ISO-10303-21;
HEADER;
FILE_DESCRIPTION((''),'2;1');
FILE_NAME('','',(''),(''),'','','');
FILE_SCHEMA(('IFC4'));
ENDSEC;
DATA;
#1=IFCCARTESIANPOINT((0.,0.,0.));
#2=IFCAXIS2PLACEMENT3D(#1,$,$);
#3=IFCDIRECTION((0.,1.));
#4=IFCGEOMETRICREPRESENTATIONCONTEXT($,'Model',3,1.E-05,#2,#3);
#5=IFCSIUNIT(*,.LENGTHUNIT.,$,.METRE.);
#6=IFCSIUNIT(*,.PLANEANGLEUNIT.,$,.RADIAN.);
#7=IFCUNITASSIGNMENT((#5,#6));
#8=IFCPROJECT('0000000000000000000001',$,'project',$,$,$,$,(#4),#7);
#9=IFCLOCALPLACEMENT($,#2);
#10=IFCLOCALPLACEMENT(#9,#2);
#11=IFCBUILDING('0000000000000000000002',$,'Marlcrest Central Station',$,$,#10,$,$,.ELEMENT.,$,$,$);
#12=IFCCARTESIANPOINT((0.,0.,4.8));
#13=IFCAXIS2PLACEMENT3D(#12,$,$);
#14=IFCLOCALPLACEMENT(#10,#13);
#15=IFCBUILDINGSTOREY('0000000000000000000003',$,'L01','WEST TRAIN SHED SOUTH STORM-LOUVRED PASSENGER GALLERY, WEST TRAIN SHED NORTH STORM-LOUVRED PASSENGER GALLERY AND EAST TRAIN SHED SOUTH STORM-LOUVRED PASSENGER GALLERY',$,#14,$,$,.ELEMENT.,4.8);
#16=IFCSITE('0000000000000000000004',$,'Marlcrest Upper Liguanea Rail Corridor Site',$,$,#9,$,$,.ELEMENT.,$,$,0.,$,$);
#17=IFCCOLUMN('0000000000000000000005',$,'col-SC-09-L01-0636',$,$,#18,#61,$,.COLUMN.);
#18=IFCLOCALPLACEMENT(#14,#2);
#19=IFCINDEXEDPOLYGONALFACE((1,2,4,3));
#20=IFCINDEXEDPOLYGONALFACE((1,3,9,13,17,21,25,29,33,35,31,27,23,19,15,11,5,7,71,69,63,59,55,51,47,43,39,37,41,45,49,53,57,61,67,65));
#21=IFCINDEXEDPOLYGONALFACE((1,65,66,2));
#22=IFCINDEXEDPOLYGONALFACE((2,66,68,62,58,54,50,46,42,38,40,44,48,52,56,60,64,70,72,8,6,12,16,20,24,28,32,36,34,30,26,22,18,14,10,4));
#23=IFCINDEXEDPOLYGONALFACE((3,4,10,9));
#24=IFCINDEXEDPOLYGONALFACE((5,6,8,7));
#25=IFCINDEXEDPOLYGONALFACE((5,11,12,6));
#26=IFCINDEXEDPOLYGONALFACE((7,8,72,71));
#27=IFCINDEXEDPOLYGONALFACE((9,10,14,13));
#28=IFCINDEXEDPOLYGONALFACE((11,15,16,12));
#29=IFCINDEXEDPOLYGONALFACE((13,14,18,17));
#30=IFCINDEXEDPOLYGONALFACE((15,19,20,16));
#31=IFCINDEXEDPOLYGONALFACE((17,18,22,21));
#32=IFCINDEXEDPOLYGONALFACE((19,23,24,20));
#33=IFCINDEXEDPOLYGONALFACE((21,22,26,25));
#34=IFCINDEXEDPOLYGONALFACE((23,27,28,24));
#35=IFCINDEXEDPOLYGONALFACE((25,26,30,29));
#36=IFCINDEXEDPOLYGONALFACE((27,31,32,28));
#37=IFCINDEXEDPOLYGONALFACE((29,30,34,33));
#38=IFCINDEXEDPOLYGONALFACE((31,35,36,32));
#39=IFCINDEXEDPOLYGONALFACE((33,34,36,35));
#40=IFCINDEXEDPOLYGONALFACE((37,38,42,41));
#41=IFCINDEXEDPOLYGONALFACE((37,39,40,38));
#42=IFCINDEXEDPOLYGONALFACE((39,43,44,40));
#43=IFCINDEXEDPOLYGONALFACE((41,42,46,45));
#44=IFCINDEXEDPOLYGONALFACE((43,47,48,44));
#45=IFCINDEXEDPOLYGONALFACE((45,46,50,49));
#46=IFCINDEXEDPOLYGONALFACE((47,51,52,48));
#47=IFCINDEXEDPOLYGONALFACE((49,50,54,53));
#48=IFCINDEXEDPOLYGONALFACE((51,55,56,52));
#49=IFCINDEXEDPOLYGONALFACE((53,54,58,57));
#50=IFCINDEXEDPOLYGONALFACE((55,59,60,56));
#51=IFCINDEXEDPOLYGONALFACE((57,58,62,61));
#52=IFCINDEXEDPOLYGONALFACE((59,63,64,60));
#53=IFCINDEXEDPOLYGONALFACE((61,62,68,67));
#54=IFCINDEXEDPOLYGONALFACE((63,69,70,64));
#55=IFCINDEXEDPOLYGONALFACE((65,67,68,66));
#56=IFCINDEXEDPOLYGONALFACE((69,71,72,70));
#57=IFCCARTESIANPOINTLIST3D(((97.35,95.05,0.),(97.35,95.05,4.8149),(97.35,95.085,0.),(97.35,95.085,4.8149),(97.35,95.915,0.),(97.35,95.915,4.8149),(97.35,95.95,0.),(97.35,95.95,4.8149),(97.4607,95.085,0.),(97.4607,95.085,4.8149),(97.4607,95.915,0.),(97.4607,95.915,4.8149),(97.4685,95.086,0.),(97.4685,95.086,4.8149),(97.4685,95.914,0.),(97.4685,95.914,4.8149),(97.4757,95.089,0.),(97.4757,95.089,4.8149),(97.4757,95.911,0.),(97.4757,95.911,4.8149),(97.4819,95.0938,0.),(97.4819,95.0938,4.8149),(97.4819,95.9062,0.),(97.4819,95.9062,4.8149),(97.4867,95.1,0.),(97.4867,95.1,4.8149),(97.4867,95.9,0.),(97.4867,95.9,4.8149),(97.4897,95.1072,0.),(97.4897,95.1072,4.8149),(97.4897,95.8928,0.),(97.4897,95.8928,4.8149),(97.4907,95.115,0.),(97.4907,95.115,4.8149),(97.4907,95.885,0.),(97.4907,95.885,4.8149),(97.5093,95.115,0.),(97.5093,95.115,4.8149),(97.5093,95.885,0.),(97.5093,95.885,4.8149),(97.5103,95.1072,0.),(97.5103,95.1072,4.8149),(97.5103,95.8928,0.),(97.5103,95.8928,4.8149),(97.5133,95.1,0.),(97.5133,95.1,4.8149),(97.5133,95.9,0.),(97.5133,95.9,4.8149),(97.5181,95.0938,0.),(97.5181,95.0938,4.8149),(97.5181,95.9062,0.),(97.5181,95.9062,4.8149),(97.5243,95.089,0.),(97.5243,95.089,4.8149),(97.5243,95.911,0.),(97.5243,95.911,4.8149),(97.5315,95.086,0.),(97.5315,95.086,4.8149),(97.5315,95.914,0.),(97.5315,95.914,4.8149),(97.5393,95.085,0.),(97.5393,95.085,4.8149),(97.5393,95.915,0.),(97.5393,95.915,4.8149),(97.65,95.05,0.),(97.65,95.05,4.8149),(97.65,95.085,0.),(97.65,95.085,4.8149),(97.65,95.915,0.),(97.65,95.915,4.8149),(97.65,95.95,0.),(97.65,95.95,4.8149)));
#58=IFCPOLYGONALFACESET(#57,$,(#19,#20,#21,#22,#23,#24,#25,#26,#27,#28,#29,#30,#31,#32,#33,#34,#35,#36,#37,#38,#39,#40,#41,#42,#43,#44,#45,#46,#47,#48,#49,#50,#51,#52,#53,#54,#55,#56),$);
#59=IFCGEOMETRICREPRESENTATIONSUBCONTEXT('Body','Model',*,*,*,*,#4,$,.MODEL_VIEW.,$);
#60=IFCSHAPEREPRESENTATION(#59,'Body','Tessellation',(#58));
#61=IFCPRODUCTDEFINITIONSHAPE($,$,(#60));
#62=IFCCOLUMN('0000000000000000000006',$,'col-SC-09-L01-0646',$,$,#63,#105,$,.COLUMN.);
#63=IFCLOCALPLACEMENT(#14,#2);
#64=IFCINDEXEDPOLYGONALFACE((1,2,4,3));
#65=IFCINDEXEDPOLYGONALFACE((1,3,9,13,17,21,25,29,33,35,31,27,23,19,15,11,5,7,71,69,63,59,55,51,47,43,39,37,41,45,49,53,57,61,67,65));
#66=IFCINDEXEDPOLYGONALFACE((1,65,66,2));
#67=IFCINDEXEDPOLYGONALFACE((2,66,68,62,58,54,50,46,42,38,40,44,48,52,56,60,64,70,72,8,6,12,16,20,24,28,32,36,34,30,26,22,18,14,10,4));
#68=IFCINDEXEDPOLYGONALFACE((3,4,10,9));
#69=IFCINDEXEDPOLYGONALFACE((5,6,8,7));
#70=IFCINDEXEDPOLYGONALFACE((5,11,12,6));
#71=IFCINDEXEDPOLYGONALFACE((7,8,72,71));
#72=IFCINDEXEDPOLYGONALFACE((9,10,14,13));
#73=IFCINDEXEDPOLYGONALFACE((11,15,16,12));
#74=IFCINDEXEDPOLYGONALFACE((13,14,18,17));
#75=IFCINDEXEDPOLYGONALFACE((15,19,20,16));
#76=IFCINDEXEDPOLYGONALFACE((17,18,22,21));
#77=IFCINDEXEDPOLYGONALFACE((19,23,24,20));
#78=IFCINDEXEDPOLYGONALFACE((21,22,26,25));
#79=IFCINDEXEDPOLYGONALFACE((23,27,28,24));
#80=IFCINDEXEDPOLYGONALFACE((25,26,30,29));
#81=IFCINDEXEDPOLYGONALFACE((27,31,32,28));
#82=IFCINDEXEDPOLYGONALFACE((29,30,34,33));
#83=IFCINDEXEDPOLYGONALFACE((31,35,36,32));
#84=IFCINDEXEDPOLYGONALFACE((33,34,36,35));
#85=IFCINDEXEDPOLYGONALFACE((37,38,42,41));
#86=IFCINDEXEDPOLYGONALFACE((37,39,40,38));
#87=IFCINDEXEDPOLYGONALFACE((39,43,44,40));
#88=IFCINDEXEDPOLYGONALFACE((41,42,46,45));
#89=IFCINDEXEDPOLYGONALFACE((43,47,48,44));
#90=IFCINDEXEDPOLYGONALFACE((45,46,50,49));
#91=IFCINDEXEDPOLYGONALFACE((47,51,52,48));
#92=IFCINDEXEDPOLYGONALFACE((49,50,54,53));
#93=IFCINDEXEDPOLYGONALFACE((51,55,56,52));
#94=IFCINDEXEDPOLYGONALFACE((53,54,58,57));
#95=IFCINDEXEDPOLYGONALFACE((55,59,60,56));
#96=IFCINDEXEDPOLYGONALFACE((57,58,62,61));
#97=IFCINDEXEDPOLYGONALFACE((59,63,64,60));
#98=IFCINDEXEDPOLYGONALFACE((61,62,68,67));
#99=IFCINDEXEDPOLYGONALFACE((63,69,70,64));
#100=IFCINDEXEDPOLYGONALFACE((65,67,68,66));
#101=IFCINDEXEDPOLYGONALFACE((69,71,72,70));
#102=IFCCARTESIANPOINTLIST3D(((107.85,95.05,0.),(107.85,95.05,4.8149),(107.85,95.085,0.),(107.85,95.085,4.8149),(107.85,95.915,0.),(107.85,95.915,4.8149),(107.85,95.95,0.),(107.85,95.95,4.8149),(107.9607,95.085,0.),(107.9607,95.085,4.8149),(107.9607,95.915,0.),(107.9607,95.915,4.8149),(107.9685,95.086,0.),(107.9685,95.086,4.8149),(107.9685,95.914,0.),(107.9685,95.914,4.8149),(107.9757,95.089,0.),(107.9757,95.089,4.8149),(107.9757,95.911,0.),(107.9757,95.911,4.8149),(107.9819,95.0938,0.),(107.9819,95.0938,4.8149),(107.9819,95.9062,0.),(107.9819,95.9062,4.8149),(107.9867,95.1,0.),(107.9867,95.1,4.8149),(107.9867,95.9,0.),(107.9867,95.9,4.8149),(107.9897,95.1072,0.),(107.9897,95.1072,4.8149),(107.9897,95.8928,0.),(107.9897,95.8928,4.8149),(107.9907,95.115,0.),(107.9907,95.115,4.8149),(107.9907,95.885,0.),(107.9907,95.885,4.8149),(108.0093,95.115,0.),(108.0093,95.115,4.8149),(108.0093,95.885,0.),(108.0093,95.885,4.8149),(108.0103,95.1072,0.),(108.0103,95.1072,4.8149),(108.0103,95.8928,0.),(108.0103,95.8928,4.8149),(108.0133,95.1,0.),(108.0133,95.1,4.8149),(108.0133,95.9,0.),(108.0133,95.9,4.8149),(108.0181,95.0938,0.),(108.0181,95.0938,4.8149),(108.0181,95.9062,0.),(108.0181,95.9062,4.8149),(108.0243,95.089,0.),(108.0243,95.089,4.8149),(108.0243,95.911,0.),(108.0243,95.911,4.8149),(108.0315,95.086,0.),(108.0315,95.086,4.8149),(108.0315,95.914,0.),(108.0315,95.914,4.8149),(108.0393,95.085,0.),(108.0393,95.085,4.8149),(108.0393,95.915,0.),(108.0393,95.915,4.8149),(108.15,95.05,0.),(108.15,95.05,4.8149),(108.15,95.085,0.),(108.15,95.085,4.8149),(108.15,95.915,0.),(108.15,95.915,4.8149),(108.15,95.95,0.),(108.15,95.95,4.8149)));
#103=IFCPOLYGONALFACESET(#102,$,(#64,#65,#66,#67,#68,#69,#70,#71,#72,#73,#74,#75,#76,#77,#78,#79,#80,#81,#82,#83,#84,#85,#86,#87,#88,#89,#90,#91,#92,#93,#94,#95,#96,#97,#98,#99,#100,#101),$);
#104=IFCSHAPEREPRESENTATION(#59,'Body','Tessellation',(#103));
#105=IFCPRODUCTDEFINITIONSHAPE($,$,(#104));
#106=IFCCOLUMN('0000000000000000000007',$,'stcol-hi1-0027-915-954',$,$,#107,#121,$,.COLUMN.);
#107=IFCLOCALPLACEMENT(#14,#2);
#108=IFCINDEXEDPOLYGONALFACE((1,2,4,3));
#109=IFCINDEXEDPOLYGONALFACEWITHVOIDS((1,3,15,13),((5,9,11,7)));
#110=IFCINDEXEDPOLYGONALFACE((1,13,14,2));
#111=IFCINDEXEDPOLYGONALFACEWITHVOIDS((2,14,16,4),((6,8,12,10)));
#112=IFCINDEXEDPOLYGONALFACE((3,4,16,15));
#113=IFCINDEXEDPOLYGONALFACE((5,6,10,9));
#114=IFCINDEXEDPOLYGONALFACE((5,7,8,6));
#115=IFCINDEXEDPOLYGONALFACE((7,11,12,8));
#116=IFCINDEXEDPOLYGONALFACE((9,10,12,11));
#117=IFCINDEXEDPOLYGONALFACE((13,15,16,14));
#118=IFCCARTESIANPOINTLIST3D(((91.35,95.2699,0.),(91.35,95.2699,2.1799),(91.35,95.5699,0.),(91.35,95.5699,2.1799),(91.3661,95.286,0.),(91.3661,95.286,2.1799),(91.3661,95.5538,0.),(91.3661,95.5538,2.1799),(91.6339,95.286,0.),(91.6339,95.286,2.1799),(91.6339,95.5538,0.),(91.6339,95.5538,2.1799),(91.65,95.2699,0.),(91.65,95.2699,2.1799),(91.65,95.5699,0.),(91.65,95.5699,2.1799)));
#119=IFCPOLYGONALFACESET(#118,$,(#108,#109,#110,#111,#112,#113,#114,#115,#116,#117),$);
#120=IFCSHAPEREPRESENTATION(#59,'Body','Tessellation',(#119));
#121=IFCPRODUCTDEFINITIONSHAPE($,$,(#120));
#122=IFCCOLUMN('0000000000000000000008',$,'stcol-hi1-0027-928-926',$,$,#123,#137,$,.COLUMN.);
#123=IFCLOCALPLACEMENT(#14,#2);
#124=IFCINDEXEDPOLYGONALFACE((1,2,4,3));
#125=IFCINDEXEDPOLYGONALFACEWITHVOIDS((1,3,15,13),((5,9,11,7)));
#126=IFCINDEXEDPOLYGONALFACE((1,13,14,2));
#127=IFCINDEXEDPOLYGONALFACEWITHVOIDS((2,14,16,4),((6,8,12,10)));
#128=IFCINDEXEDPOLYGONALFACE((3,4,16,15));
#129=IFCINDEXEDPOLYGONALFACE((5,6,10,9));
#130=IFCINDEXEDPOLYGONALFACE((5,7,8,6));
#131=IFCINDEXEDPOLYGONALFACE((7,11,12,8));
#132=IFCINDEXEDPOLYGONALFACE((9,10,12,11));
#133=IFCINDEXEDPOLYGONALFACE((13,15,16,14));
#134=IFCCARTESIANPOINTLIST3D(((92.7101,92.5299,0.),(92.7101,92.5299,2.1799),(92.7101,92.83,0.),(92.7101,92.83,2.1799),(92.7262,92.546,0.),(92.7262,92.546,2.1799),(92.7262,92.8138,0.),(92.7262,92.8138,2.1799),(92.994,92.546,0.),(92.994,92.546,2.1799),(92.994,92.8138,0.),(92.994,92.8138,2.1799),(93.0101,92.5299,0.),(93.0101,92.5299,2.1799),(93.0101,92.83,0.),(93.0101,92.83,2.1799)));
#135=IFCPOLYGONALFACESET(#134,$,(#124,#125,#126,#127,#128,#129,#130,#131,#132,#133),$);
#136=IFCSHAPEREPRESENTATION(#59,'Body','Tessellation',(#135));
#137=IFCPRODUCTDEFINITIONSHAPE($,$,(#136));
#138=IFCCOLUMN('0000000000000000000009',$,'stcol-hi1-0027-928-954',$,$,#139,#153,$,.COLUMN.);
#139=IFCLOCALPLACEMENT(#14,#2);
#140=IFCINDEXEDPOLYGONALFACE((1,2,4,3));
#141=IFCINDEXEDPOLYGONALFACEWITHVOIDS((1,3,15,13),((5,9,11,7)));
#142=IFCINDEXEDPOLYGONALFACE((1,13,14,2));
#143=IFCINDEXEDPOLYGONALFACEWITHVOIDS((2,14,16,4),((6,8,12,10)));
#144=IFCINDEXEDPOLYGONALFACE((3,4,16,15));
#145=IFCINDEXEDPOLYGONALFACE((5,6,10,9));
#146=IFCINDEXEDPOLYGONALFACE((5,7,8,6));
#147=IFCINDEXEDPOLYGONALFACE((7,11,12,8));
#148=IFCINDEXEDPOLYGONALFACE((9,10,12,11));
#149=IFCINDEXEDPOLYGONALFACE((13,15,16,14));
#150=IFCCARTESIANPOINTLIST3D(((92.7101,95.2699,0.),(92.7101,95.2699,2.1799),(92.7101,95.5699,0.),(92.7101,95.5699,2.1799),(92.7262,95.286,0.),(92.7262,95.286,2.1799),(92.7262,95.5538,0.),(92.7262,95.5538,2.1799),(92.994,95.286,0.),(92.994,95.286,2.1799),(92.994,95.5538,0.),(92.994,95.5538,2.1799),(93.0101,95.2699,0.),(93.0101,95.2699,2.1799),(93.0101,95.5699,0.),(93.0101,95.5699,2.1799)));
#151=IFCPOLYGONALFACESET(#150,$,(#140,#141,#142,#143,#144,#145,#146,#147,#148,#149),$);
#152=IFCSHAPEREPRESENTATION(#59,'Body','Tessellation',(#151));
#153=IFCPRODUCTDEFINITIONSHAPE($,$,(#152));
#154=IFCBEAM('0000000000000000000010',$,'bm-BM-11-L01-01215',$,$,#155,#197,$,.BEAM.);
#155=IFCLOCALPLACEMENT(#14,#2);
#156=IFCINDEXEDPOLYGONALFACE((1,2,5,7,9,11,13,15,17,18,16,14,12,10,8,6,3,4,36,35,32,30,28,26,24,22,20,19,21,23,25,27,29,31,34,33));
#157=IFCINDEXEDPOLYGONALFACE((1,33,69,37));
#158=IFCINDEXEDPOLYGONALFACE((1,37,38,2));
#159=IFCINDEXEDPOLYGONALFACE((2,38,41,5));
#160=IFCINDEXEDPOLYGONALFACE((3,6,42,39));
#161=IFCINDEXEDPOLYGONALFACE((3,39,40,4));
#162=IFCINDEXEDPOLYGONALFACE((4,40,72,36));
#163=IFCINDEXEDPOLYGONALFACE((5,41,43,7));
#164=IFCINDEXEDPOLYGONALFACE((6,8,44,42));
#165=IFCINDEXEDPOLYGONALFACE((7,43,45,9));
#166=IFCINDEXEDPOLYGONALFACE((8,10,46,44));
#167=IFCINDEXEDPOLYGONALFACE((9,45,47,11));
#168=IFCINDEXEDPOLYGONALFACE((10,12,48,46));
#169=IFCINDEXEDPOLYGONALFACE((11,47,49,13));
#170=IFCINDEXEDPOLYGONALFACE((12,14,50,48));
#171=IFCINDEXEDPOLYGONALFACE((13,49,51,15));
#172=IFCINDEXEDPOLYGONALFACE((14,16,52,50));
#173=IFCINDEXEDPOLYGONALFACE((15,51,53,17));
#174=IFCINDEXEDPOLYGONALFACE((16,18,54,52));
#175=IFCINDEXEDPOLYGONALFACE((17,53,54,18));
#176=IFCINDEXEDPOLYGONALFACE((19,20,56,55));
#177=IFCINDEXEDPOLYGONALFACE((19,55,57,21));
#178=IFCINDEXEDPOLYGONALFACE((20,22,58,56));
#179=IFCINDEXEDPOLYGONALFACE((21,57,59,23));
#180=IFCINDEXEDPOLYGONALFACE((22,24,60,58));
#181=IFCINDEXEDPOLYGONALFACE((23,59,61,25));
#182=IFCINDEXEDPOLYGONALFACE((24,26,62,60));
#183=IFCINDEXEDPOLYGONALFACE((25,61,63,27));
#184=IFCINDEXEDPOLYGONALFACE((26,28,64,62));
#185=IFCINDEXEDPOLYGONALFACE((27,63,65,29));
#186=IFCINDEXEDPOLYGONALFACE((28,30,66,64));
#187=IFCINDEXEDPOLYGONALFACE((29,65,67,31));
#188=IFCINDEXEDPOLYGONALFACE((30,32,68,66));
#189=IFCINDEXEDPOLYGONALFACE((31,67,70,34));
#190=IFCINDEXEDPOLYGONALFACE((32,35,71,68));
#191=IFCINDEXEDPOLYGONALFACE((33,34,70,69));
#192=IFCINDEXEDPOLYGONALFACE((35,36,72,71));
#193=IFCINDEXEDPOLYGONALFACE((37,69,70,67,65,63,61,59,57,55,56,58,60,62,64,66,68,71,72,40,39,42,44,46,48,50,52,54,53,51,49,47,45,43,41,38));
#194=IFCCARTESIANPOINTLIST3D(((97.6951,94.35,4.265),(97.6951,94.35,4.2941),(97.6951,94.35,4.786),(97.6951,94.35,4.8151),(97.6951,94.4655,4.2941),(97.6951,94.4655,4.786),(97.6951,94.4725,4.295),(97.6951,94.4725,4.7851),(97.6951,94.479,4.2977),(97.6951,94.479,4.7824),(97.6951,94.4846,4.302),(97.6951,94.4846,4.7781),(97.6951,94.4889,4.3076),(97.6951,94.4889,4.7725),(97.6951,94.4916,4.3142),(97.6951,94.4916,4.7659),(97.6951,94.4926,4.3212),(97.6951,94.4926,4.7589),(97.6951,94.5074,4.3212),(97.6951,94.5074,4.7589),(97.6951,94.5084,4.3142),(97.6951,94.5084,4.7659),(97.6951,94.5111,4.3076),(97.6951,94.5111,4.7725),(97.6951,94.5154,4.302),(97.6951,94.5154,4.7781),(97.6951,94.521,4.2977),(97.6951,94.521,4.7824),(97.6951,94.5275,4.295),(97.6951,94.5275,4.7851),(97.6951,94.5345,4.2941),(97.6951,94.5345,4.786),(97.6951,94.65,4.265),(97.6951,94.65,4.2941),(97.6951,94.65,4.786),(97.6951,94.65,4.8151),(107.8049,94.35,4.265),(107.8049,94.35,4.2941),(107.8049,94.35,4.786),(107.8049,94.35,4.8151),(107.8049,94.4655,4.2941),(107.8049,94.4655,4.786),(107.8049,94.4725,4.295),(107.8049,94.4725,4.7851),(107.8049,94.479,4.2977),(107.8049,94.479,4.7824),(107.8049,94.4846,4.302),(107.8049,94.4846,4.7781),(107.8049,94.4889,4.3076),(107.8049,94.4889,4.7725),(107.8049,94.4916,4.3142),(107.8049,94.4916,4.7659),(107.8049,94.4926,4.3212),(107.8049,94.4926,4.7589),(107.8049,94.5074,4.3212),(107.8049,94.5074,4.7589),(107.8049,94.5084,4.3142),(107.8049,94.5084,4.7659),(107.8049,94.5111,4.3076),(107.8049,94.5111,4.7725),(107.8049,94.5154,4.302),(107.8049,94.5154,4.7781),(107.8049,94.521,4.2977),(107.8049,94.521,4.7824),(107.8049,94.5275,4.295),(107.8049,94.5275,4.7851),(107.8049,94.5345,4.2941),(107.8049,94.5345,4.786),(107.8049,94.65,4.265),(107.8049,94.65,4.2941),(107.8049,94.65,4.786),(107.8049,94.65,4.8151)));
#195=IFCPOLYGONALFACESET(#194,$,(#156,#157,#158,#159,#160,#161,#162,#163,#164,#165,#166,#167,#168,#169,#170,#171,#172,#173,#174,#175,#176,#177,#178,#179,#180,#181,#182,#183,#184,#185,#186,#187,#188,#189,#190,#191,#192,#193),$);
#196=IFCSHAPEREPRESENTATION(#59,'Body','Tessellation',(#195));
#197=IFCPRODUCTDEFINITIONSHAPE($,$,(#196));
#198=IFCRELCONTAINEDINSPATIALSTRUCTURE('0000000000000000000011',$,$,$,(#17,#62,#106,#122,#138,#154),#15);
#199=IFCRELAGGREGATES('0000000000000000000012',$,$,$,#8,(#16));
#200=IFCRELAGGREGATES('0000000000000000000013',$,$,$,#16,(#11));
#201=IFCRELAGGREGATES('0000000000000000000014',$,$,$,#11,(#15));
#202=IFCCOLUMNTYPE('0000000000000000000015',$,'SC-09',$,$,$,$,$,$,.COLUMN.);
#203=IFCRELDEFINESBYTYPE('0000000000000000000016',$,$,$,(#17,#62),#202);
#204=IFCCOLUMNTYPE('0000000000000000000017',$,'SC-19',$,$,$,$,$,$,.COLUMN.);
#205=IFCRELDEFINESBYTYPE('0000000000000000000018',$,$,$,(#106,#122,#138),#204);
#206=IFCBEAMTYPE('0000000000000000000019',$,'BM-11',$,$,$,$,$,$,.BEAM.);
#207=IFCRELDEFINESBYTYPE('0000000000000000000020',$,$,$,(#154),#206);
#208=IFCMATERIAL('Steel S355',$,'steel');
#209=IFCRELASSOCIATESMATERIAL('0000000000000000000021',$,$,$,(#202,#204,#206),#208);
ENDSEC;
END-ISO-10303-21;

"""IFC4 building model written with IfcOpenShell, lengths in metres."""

from ifc_helpers import new_model, si_unit, direction, frame, origin, origin_2d, place, context, subcontext, project, spatial, hollow_rectangle, i_section, extrude, material, material_profile, profile_set, type_object, element, save


model = new_model("IFC4")

# Units and contexts
model_context = context("Model", 3, precision=1e-05, world=origin(), true_north=direction((0.0, 1.0)))
body_context = subcontext(model_context, "Body", "Model", "MODEL_VIEW")
ifc_project = project(units=[si_unit("LENGTHUNIT", "METRE"), si_unit("PLANEANGLEUNIT", "RADIAN")], contexts=[model_context])

# Site, building, storey
site_placement = place(None, origin())
site = spatial("IfcSite", under=ifc_project, at=site_placement, Name="Marlcrest Upper Liguanea Rail Corridor Site", CompositionType="ELEMENT", RefElevation=0.0)
building_placement = place(site_placement, origin())
building = spatial("IfcBuilding", under=site, at=building_placement, Name="Marlcrest Central Station", CompositionType="ELEMENT")
storey_placement = place(building_placement, frame((0.0, 0.0, 4.8)))
storey = spatial("IfcBuildingStorey", under=building, at=storey_placement, Name="L01", Description="WEST TRAIN SHED SOUTH STORM-LOUVRED PASSENGER GALLERY, WEST TRAIN SHED NORTH STORM-LOUVRED PASSENGER GALLERY AND EAST TRAIN SHED SOUTH STORM-LOUVRED PASSENGER GALLERY", CompositionType="ELEMENT", Elevation=4.8)

# Columns
ifc_material_1 = material(Name="Steel S355", Category="steel")
ifc_material_profile_1 = material_profile(ifc_material_1, i_section(OverallWidth=0.3, OverallDepth=0.8999, WebThickness=0.0186, FlangeThickness=0.0349, FilletRadius=0.03, at=origin_2d()), Name="HEB 900")
ifc_profile_set_1 = profile_set([ifc_material_profile_1], Name="Steel S355")
column_type_1 = type_object("IfcColumnType", Name="SC-09", PredefinedType="COLUMN", material=ifc_profile_set_1)
for number, where, z_axis, x_axis, name in (
    (1, (97.5, 95.5, 0.0), (0.0, 0.0, 1.0), (1.0, 0.0, 0.0), "col-SC-09-L01-0636"),
    (2, (108.0, 95.5, 0.0), (0.0, 0.0, 1.0), (1.0, 0.0, 0.0), "col-SC-09-L01-0646"),
):
    element("IfcColumn", number, at=place(storey_placement, frame(where, z_axis=z_axis, x_axis=x_axis)), inside=storey, type_object=column_type_1, Name=name, PredefinedType="COLUMN", context=body_context, shape_type="SweptSolid", body=[
        extrude(i_section(OverallWidth=0.3, OverallDepth=0.8999, WebThickness=0.0186, FlangeThickness=0.0349, FilletRadius=0.03, at=origin_2d()), origin(), (0.0, 0.0, 1.0), 4.8149),
    ])
ifc_material_profile_2 = material_profile(ifc_material_1, hollow_rectangle(XDim=0.3, YDim=0.3, WallThickness=0.0161, at=origin_2d()), Name="SHS 300x300x16")
ifc_profile_set_2 = profile_set([ifc_material_profile_2], Name="Steel S355")
column_type_2 = type_object("IfcColumnType", Name="SC-19", PredefinedType="COLUMN", material=ifc_profile_set_2)
for number, where, z_axis, x_axis, name in (
    (3, (91.5, 95.4199, 0.0), (0.0, 0.0, 1.0), (1.0, 0.0, 0.0), "stcol-hi1-0027-915-954"),
    (4, (92.8601, 92.6799, 0.0), (0.0, 0.0, 1.0), (1.0, 0.0, 0.0), "stcol-hi1-0027-928-926"),
    (5, (92.8601, 95.4199, 0.0), (0.0, 0.0, 1.0), (1.0, 0.0, 0.0), "stcol-hi1-0027-928-954"),
):
    element("IfcColumn", number, at=place(storey_placement, frame(where, z_axis=z_axis, x_axis=x_axis)), inside=storey, type_object=column_type_2, Name=name, PredefinedType="COLUMN", context=body_context, shape_type="SweptSolid", body=[
        extrude(hollow_rectangle(XDim=0.3, YDim=0.3, WallThickness=0.0161, at=origin_2d()), origin(), (0.0, 0.0, 1.0), 2.1799),
    ])

# Beam
ifc_material_profile_3 = material_profile(ifc_material_1, i_section(OverallWidth=0.3, OverallDepth=0.55, WebThickness=0.0149, FlangeThickness=0.0291, FilletRadius=0.0271, at=origin_2d()), Name="HEB 550")
ifc_profile_set_3 = profile_set([ifc_material_profile_3], Name="Steel S355")
beam_type_1 = type_object("IfcBeamType", Name="BM-11", PredefinedType="BEAM", material=ifc_profile_set_3)
beam_1_placement = place(storey_placement, frame((97.6951, 94.5, 4.54), z_axis=(1.0, 0.0, 0.0), x_axis=(0.0, 1.0, 0.0)))
element("IfcBeam", 6, at=beam_1_placement, inside=storey, type_object=beam_type_1, Name="bm-BM-11-L01-01215", PredefinedType="BEAM", context=body_context, shape_type="SweptSolid", body=[
    extrude(i_section(OverallWidth=0.3, OverallDepth=0.55, WebThickness=0.0149, FlangeThickness=0.0291, FilletRadius=0.0271, at=origin_2d()), origin(), (0.0, 0.0, 1.0), 10.1099),
])

save(model, "model.ifc")
